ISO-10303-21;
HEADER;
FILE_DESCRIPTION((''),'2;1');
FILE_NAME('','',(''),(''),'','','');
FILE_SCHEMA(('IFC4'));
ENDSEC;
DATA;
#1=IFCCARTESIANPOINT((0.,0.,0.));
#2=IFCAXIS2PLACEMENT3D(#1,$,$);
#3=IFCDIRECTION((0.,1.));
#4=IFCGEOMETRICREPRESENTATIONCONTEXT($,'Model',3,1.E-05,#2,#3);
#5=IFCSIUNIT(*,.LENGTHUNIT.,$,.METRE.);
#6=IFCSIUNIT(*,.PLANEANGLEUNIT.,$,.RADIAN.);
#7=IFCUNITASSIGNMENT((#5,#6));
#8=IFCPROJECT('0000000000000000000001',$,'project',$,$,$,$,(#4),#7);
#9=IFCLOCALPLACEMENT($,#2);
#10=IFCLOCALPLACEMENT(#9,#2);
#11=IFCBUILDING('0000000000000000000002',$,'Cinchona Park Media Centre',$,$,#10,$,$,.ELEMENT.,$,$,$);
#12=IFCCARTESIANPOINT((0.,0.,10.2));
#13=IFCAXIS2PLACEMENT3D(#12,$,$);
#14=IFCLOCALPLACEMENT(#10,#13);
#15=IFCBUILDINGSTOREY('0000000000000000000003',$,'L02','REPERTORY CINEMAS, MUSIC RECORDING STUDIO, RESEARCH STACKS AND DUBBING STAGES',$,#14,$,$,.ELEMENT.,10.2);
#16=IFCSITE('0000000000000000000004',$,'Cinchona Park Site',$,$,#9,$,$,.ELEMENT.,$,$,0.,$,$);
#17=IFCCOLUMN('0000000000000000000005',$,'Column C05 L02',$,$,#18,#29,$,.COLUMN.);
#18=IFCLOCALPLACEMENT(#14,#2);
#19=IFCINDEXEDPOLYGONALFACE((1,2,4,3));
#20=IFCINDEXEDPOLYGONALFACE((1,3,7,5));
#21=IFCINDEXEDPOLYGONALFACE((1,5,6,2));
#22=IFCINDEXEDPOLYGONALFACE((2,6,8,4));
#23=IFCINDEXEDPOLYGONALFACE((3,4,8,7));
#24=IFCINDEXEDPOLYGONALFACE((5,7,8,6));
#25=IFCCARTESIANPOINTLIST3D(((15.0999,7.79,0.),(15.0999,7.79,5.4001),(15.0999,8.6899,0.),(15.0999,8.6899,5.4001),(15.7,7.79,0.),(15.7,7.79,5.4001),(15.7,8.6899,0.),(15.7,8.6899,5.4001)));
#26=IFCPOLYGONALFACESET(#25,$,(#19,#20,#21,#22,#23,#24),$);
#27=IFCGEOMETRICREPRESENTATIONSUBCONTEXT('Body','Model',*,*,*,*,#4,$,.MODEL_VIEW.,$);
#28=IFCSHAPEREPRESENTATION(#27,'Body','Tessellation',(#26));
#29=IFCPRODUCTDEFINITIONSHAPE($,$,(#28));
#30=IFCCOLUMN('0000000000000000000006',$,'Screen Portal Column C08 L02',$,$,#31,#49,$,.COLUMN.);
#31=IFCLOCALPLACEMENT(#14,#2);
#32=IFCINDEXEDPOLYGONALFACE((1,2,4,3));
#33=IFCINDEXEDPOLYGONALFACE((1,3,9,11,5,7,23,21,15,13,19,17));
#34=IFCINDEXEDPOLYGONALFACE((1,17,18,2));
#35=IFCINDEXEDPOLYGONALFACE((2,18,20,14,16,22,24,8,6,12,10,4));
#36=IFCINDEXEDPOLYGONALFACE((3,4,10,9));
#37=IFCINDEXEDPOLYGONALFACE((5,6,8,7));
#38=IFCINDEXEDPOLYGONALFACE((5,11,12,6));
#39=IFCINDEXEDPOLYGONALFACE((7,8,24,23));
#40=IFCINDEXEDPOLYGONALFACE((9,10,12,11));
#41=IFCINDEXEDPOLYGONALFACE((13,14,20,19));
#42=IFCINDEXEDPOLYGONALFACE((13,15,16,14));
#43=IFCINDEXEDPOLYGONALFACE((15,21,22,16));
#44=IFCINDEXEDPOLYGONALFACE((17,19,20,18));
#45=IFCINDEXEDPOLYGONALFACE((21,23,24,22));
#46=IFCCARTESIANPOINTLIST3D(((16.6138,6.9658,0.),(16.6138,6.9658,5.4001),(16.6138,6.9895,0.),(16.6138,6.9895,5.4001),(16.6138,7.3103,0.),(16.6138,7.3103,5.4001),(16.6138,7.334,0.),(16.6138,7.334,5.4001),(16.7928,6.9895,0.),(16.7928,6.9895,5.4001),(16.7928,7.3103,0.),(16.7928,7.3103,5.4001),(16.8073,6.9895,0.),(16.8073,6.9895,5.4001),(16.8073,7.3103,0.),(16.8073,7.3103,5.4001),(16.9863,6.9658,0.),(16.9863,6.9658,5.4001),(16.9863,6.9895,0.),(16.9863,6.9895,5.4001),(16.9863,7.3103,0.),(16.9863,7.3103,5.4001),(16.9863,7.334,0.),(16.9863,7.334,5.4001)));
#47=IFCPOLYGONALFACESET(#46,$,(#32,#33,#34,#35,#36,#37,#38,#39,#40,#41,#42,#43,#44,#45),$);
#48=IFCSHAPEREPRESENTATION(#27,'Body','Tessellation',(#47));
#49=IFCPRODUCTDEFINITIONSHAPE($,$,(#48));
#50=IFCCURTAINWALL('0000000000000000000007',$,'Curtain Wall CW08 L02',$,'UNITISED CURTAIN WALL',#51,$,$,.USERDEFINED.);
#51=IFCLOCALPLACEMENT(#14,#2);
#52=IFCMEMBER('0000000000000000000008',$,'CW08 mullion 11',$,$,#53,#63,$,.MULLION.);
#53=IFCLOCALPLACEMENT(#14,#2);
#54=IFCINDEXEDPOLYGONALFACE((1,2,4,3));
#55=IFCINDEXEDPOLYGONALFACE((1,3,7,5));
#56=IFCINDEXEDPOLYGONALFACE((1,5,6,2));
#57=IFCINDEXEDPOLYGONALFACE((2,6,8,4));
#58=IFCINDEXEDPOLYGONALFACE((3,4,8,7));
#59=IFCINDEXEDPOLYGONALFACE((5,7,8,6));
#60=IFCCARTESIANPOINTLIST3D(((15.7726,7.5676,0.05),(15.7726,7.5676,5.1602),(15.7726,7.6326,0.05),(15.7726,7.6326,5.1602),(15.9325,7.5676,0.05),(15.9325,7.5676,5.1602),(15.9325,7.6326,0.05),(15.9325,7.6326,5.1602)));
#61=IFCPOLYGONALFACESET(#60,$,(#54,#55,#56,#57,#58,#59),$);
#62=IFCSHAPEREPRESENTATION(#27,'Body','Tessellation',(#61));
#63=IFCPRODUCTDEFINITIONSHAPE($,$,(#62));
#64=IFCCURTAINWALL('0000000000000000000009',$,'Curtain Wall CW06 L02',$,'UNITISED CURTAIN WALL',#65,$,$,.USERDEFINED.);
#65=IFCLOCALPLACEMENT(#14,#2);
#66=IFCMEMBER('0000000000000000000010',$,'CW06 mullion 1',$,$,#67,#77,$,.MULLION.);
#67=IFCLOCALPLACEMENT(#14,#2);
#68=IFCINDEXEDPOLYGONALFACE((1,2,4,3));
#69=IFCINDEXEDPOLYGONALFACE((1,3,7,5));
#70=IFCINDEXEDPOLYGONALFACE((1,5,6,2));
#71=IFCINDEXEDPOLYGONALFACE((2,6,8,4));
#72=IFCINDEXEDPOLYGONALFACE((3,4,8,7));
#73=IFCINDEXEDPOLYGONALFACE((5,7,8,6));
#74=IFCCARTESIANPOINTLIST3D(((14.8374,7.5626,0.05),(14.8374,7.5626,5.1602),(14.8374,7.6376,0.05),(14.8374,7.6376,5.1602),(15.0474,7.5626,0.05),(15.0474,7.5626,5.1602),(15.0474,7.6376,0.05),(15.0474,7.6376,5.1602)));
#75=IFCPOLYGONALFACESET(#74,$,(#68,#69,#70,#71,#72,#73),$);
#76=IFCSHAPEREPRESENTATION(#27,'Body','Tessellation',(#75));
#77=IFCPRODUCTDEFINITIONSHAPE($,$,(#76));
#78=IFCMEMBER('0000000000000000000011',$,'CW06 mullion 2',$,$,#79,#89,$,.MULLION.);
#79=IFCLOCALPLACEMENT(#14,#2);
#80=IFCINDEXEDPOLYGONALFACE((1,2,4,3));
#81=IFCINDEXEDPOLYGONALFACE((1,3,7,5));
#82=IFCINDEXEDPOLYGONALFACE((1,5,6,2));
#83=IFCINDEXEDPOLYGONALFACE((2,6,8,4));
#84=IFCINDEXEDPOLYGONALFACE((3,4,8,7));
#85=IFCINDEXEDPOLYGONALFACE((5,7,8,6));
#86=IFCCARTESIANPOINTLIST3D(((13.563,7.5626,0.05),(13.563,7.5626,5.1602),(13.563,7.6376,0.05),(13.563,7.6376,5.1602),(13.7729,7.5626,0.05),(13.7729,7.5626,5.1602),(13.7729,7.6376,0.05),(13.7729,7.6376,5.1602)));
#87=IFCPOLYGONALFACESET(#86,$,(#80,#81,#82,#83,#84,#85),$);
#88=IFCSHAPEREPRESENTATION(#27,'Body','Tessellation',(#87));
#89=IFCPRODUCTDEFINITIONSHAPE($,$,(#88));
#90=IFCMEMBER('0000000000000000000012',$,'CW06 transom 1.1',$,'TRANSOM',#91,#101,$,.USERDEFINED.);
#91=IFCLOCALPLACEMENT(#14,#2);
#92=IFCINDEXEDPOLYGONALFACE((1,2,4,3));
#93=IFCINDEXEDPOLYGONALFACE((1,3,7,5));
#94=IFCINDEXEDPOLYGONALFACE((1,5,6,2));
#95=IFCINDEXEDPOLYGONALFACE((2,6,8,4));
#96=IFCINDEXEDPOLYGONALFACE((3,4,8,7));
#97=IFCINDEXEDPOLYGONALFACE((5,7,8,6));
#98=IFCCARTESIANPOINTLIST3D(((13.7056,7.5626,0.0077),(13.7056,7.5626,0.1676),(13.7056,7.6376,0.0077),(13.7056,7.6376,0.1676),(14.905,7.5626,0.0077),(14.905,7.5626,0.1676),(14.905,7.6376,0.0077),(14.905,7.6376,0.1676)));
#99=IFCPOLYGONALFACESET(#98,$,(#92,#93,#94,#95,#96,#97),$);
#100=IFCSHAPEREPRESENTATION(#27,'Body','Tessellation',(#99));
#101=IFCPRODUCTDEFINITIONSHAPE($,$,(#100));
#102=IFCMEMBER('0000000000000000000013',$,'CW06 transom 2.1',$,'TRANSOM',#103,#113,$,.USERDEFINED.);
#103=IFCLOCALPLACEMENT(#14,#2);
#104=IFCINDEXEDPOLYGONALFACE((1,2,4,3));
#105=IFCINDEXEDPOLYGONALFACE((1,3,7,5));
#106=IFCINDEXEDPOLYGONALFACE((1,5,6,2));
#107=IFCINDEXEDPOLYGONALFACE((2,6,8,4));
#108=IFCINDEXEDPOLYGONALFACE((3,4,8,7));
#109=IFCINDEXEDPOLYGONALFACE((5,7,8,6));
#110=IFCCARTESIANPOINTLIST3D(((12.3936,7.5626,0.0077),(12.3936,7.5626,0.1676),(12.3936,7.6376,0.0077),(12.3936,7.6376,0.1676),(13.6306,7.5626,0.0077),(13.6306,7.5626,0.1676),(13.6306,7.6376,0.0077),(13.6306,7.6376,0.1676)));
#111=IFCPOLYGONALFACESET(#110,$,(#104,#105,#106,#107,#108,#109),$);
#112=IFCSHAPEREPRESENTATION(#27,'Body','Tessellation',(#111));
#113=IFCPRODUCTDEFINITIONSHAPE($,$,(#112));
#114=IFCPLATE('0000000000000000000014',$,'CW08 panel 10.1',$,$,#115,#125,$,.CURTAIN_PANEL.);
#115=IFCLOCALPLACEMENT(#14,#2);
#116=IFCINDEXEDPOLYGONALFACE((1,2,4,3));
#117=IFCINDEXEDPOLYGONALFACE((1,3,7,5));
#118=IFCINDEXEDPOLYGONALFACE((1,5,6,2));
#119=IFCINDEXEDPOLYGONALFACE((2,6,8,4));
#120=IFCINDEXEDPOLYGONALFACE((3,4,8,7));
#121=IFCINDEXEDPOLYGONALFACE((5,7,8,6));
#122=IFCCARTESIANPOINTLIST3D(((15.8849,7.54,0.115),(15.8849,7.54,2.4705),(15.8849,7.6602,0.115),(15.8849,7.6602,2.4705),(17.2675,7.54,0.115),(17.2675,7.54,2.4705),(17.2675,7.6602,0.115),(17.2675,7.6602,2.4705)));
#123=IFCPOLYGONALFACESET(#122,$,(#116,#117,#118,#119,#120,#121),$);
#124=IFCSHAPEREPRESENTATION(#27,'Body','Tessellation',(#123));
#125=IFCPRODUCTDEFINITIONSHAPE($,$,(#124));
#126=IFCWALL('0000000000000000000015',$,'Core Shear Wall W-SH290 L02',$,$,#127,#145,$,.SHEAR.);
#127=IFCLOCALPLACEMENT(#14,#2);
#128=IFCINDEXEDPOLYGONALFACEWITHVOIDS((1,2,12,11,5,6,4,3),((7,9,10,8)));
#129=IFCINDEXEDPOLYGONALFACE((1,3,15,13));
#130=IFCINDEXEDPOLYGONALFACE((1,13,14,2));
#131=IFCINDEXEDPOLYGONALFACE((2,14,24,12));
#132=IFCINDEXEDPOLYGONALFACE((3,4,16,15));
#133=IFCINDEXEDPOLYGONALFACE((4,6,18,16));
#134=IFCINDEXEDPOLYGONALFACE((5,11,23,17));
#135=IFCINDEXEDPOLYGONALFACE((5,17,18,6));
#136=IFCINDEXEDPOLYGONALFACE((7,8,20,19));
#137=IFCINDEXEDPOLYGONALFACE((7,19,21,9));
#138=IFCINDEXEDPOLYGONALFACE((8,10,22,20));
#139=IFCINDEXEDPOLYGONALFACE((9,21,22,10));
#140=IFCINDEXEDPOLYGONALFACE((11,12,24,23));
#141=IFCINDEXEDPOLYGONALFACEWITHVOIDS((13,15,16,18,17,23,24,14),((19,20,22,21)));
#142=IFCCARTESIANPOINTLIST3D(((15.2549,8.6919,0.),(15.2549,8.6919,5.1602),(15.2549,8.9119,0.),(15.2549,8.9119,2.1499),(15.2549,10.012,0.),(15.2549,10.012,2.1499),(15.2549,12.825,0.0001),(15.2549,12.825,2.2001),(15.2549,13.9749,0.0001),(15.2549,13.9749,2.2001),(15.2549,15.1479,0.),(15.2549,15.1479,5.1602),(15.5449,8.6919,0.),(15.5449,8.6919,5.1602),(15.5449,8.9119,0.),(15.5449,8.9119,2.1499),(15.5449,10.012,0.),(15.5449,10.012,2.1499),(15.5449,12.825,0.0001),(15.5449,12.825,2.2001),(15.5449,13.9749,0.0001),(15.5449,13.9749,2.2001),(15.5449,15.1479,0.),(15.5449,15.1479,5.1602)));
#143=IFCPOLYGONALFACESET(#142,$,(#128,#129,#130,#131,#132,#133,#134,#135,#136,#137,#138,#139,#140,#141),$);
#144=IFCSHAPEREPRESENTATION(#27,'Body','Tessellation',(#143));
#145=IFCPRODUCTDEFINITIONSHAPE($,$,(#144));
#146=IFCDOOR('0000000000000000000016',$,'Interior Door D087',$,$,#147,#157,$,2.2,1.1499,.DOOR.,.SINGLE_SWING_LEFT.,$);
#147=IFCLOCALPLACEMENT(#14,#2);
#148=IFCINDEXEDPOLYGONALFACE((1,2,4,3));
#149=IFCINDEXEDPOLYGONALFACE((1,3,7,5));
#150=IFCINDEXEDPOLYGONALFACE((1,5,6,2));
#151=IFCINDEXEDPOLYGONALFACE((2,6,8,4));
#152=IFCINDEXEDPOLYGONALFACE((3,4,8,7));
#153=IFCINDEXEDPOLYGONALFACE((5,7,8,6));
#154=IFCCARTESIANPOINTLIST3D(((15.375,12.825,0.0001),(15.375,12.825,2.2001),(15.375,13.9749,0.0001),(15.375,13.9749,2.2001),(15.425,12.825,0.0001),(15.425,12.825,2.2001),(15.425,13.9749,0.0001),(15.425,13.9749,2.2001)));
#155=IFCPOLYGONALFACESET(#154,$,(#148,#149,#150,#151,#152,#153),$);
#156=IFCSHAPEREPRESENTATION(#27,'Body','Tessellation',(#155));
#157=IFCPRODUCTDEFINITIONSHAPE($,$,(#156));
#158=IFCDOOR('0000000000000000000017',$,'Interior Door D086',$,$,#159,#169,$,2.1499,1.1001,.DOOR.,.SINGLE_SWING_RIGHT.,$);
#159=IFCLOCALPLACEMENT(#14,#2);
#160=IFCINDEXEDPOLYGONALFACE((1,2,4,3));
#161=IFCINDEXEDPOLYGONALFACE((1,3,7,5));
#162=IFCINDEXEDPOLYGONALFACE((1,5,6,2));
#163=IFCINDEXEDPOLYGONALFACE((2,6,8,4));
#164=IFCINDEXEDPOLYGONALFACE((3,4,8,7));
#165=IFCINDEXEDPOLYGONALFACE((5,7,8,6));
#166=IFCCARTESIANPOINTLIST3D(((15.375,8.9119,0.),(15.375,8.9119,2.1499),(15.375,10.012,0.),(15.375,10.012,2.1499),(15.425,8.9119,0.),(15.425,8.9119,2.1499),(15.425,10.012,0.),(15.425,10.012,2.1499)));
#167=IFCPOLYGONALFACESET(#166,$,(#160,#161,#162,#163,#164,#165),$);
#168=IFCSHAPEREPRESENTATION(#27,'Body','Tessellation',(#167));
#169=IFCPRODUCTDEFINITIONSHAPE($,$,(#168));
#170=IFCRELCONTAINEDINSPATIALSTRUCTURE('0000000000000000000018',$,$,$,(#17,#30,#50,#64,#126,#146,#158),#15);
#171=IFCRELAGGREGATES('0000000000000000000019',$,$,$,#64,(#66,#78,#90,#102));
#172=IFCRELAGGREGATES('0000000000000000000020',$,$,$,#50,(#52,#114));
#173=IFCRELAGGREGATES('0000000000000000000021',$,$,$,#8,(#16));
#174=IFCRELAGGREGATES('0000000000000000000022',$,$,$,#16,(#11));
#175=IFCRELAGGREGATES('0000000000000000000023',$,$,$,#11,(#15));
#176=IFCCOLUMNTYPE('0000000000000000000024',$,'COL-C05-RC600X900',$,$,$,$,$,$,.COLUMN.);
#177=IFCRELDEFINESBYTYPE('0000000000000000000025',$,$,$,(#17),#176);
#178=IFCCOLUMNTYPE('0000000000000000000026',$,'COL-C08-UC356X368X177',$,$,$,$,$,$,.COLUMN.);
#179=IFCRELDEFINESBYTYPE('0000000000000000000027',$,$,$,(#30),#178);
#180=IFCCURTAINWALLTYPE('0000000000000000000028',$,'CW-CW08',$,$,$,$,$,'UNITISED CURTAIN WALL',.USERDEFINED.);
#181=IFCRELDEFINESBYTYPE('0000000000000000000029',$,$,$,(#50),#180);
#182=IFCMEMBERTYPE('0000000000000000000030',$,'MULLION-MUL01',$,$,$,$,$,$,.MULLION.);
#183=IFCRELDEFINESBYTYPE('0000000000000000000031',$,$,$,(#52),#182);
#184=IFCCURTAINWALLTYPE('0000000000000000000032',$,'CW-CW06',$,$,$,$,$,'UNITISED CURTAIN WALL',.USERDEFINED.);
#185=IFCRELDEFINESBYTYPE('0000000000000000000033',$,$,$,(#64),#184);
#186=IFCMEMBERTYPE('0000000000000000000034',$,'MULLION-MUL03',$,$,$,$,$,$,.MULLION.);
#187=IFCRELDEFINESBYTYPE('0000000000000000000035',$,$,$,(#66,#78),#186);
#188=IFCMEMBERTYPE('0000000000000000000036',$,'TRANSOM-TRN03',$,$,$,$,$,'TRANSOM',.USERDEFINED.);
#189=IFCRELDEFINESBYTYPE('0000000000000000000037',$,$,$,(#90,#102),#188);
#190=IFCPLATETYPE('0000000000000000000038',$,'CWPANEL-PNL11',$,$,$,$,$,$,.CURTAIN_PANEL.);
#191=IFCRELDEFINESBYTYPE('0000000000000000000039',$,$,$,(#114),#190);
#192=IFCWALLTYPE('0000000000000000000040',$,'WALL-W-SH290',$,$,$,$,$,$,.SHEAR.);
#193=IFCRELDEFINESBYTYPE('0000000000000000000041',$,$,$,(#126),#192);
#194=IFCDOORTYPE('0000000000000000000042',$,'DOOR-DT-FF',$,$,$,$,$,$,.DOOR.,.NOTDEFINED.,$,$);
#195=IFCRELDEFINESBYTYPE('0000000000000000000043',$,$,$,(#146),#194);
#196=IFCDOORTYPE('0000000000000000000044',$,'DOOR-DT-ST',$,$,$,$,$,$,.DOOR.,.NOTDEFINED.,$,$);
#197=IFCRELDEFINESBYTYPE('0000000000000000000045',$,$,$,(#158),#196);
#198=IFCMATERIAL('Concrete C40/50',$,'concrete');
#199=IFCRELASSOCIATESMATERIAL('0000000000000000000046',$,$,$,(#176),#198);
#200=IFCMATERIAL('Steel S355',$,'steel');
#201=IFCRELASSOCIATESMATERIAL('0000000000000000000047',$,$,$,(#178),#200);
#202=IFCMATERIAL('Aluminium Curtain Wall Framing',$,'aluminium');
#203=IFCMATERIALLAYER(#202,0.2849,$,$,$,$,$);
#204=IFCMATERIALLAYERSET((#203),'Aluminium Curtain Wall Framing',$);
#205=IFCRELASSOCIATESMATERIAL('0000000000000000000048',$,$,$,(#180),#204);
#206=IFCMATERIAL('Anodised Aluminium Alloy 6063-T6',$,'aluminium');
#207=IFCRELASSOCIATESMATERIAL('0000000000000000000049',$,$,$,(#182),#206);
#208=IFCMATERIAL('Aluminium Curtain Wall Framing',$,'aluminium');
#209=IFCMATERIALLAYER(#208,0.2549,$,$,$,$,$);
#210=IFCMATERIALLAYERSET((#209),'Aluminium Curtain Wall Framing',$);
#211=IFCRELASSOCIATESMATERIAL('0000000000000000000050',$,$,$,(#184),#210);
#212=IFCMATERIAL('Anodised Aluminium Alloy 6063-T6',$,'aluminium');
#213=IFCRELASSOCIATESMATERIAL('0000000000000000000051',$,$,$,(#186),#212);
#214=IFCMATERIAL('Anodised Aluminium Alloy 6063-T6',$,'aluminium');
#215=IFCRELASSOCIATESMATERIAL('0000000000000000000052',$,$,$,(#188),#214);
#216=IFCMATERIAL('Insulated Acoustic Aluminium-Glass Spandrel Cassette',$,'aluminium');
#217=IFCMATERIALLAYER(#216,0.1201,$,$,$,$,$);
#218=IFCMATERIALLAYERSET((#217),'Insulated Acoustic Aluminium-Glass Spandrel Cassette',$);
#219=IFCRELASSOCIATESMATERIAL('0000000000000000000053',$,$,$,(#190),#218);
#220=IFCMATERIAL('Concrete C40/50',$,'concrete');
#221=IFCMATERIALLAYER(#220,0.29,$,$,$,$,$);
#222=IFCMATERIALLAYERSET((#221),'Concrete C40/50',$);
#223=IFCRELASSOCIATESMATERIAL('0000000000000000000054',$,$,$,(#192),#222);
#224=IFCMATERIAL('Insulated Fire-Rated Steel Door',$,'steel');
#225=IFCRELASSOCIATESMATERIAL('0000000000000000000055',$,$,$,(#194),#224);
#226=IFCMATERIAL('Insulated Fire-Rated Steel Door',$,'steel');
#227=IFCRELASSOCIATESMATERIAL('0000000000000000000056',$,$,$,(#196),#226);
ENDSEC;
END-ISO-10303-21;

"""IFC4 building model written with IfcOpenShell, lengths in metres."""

from ifc_helpers import new_model, si_unit, direction, frame, frame_2d, origin, origin_2d, place, context, subcontext, project, spatial, rectangle, i_section, extrude, material, layer, layer_set, material_profile, profile_set, type_object, element, fill, aggregate, save


model = new_model("IFC4")

# Units and contexts
model_context = context("Model", 3, precision=1e-05, world=origin(), true_north=direction((0.0, 1.0)))
body_context = subcontext(model_context, "Body", "Model", "MODEL_VIEW")
ifc_project = project(units=[si_unit("LENGTHUNIT", "METRE"), si_unit("PLANEANGLEUNIT", "RADIAN")], contexts=[model_context])

# Site, building, storey
site_placement = place(None, origin())
site = spatial("IfcSite", under=ifc_project, at=site_placement, Name="Cinchona Park Site", CompositionType="ELEMENT", RefElevation=0.0)
building_placement = place(site_placement, origin())
building = spatial("IfcBuilding", under=site, at=building_placement, Name="Cinchona Park Media Centre", CompositionType="ELEMENT")
storey_placement = place(building_placement, frame((0.0, 0.0, 10.2)))
storey = spatial("IfcBuildingStorey", under=building, at=storey_placement, Name="L02", Description="REPERTORY CINEMAS, MUSIC RECORDING STUDIO, RESEARCH STACKS AND DUBBING STAGES", CompositionType="ELEMENT", Elevation=10.2)

# Columns
ifc_material_1 = material(Name="Concrete C40/50", Category="concrete")
ifc_material_profile_1 = material_profile(ifc_material_1, rectangle(XDim=0.6001, YDim=0.8999, at=origin_2d()), Name="RC 600X900")
ifc_profile_set_1 = profile_set([ifc_material_profile_1], Name="Concrete C40/50")
column_type_1 = type_object("IfcColumnType", Name="COL-C05-RC600X900", PredefinedType="COLUMN", material=ifc_profile_set_1)
column_1_placement = place(storey_placement, frame((15.3999, 8.24, 0.0), z_axis=(0.0, 0.0, 1.0), x_axis=(1.0, 0.0, 0.0)))
element("IfcColumn", 1, at=column_1_placement, inside=storey, type_object=column_type_1, Name="Column C05 L02", PredefinedType="COLUMN", context=body_context, shape_type="SweptSolid", body=[
    extrude(rectangle(XDim=0.6001, YDim=0.8999, at=origin_2d()), origin(), (0.0, 0.0, 1.0), 5.4001),
])
ifc_material_2 = material(Name="Steel S355", Category="steel")
ifc_material_profile_2 = material_profile(ifc_material_2, i_section(OverallWidth=0.3726, OverallDepth=0.3682, WebThickness=0.0144, FlangeThickness=0.0237, at=origin_2d()), Name="UC356X368X177")
ifc_profile_set_2 = profile_set([ifc_material_profile_2], Name="Steel S355")
column_type_2 = type_object("IfcColumnType", Name="COL-C08-UC356X368X177", PredefinedType="COLUMN", material=ifc_profile_set_2)
column_2_placement = place(storey_placement, frame((16.8, 7.1499, 0.0), z_axis=(0.0, 0.0, 1.0), x_axis=(1.0, 0.0, 0.0)))
element("IfcColumn", 2, at=column_2_placement, inside=storey, type_object=column_type_2, Name="Screen Portal Column C08 L02", PredefinedType="COLUMN", context=body_context, shape_type="SweptSolid", body=[
    extrude(i_section(OverallWidth=0.3726, OverallDepth=0.3682, WebThickness=0.0144, FlangeThickness=0.0237, at=origin_2d()), origin(), (0.0, 0.0, 1.0), 5.4001),
])

# Curtain wall, member
ifc_material_3 = material(Name="Aluminium Curtain Wall Framing", Category="aluminium")
ifc_layer_1 = layer(ifc_material_3, 0.2849)
ifc_layer_set_1 = layer_set([ifc_layer_1], Name="Aluminium Curtain Wall Framing")
curtain_wall_type_1 = type_object("IfcCurtainWallType", Name="CW-CW08", ElementType="UNITISED CURTAIN WALL", PredefinedType="USERDEFINED", material=ifc_layer_set_1)
curtain_wall_1_placement = place(storey_placement, origin())
curtain_wall_1 = element("IfcCurtainWall", 3, at=curtain_wall_1_placement, inside=storey, type_object=curtain_wall_type_1, Name="Curtain Wall CW08 L02", ObjectType="UNITISED CURTAIN WALL", PredefinedType="USERDEFINED")
ifc_material_4 = material(Name="Anodised Aluminium Alloy 6063-T6", Category="aluminium")
ifc_material_profile_3 = material_profile(ifc_material_4, rectangle(XDim=0.0649, YDim=0.1599, at=origin_2d()), Name="MUL-65X160")
ifc_profile_set_3 = profile_set([ifc_material_profile_3], Name="Anodised Aluminium Alloy 6063-T6")
member_type_1 = type_object("IfcMemberType", Name="MULLION-MUL01", PredefinedType="MULLION", material=ifc_profile_set_3)
member_1_placement = place(storey_placement, frame((15.8525, 7.6001, 0.05), z_axis=(0.0, 0.0, 1.0), x_axis=(0.0, -1.0, 0.0)))
member_1 = element("IfcMember", 4, at=member_1_placement, type_object=member_type_1, Name="CW08 mullion 11", PredefinedType="MULLION", context=body_context, shape_type="SweptSolid", body=[
    extrude(rectangle(XDim=0.0649, YDim=0.1599, at=origin_2d()), origin(), (0.0, 0.0, 1.0), 5.1101),
])

# Curtain wall, members
ifc_material_5 = material(Name="Aluminium Curtain Wall Framing", Category="aluminium")
ifc_layer_2 = layer(ifc_material_5, 0.2549)
ifc_layer_set_2 = layer_set([ifc_layer_2], Name="Aluminium Curtain Wall Framing")
curtain_wall_type_2 = type_object("IfcCurtainWallType", Name="CW-CW06", ElementType="UNITISED CURTAIN WALL", PredefinedType="USERDEFINED", material=ifc_layer_set_2)
curtain_wall_2_placement = place(storey_placement, origin())
curtain_wall_2 = element("IfcCurtainWall", 5, at=curtain_wall_2_placement, inside=storey, type_object=curtain_wall_type_2, Name="Curtain Wall CW06 L02", ObjectType="UNITISED CURTAIN WALL", PredefinedType="USERDEFINED")
ifc_material_6 = material(Name="Anodised Aluminium Alloy 6063-T6", Category="aluminium")
ifc_material_profile_4 = material_profile(ifc_material_6, rectangle(XDim=0.075, YDim=0.21, at=origin_2d()), Name="MUL-75X210")
ifc_profile_set_4 = profile_set([ifc_material_profile_4], Name="Anodised Aluminium Alloy 6063-T6")
member_type_2 = type_object("IfcMemberType", Name="MULLION-MUL03", PredefinedType="MULLION", material=ifc_profile_set_4)
member_2_placement = place(storey_placement, frame((14.9424, 7.6001, 0.05), z_axis=(0.0, 0.0, 1.0), x_axis=(0.0, -1.0, 0.0)))
member_2 = element("IfcMember", 6, at=member_2_placement, type_object=member_type_2, Name="CW06 mullion 1", PredefinedType="MULLION", context=body_context, shape_type="SweptSolid", body=[
    extrude(rectangle(XDim=0.075, YDim=0.21, at=origin_2d()), origin(), (0.0, 0.0, 1.0), 5.1101),
])
member_3_placement = place(storey_placement, frame((13.668, 7.6001, 0.05), z_axis=(0.0, 0.0, 1.0), x_axis=(0.0, -1.0, 0.0)))
member_3 = element("IfcMember", 7, at=member_3_placement, type_object=member_type_2, Name="CW06 mullion 2", PredefinedType="MULLION", context=body_context, shape_type="SweptSolid", body=[
    extrude(rectangle(XDim=0.075, YDim=0.21, at=origin_2d()), origin(), (0.0, 0.0, 1.0), 5.1101),
])
ifc_material_7 = material(Name="Anodised Aluminium Alloy 6063-T6", Category="aluminium")
ifc_material_profile_5 = material_profile(ifc_material_7, rectangle(XDim=0.075, YDim=0.1599, at=origin_2d()), Name="TRN-75X160")
ifc_profile_set_5 = profile_set([ifc_material_profile_5], Name="Anodised Aluminium Alloy 6063-T6")
member_type_3 = type_object("IfcMemberType", Name="TRANSOM-TRN03", ElementType="TRANSOM", PredefinedType="USERDEFINED", material=ifc_profile_set_5)
member_4_placement = place(storey_placement, frame((14.905, 7.6001, 0.0876), z_axis=(-1.0, 0.0, 0.0), x_axis=(0.0, -1.0, 0.0)))
member_4 = element("IfcMember", 8, at=member_4_placement, type_object=member_type_3, Name="CW06 transom 1.1", ObjectType="TRANSOM", PredefinedType="USERDEFINED", context=body_context, shape_type="SweptSolid", body=[
    extrude(rectangle(XDim=0.075, YDim=0.1599, at=origin_2d()), origin(), (0.0, 0.0, 1.0), 1.1995),
])
member_5_placement = place(storey_placement, frame((13.6306, 7.6001, 0.0876), z_axis=(-1.0, 0.0, 0.0), x_axis=(0.0, -1.0, 0.0)))
member_5 = element("IfcMember", 9, at=member_5_placement, type_object=member_type_3, Name="CW06 transom 2.1", ObjectType="TRANSOM", PredefinedType="USERDEFINED", context=body_context, shape_type="SweptSolid", body=[
    extrude(rectangle(XDim=0.075, YDim=0.1599, at=origin_2d()), origin(), (0.0, 0.0, 1.0), 1.2371),
])
aggregate(curtain_wall_2, [member_2, member_3, member_4, member_5])

# Plate
ifc_material_8 = material(Name="Insulated Acoustic Aluminium-Glass Spandrel Cassette", Category="aluminium")
ifc_layer_3 = layer(ifc_material_8, 0.1201)
ifc_layer_set_3 = layer_set([ifc_layer_3], Name="Insulated Acoustic Aluminium-Glass Spandrel Cassette")
plate_type = type_object("IfcPlateType", Name="CWPANEL-PNL11", PredefinedType="CURTAIN_PANEL", material=ifc_layer_set_3)
plate_placement = place(storey_placement, frame((16.5762, 7.6001, 0.115), z_axis=(0.0, 0.0, 1.0), x_axis=(-1.0, 0.0, 0.0)))
plate = element("IfcPlate", 10, at=plate_placement, type_object=plate_type, Name="CW08 panel 10.1", PredefinedType="CURTAIN_PANEL", context=body_context, shape_type="SweptSolid", body=[
    extrude(rectangle(XDim=1.3826, YDim=0.1201, at=origin_2d()), origin(), (0.0, 0.0, 1.0), 2.3555),
])
aggregate(curtain_wall_1, [member_1, plate])

# Wall, openings, doors
ifc_material_9 = material(Name="Concrete C40/50", Category="concrete")
ifc_layer_4 = layer(ifc_material_9, 0.29)
ifc_layer_set_4 = layer_set([ifc_layer_4], Name="Concrete C40/50")
wall_type = type_object("IfcWallType", Name="WALL-W-SH290", PredefinedType="SHEAR", material=ifc_layer_set_4)
wall_placement = place(storey_placement, frame((15.3999, 8.6919, 0.0), z_axis=(0.0, 0.0, 1.0), x_axis=(0.0, 1.0, 0.0)))
wall = element("IfcWall", 11, at=wall_placement, inside=storey, type_object=wall_type, Name="Core Shear Wall W-SH290 L02", PredefinedType="SHEAR", context=body_context, shape_type="SweptSolid", body=[
    extrude(rectangle(XDim=6.4561, YDim=0.29, at=frame_2d((3.228, 0.0))), origin(), (0.0, 0.0, 1.0), 5.1602),
])
opening_1_placement = place(wall_placement, frame((0.22, 0.0, 0.0)))
opening_1 = element("IfcOpeningElement", 12, at=opening_1_placement, cuts=wall, PredefinedType="OPENING", context=body_context, shape_type="SweptSolid", body=[
    extrude(rectangle(XDim=1.1001, YDim=2.1499, at=frame_2d((0.55, 1.075))), frame((0.0, 0.155, 0.0), z_axis=(0.0, -1.0, 0.0), x_axis=(1.0, 0.0, 0.0)), (0.0, 0.0, 1.0), 0.3101),
])
opening_2_placement = place(wall_placement, frame((4.1331, 0.0, 0.0)))
opening_2 = element("IfcOpeningElement", 13, at=opening_2_placement, cuts=wall, PredefinedType="OPENING", context=body_context, shape_type="SweptSolid", body=[
    extrude(rectangle(XDim=1.1499, YDim=2.2, at=frame_2d((0.575, 1.1001))), frame((0.0, 0.155, 0.0), z_axis=(0.0, -1.0, 0.0), x_axis=(1.0, 0.0, 0.0)), (0.0, 0.0, 1.0), 0.3101),
])
ifc_material_10 = material(Name="Insulated Fire-Rated Steel Door", Category="steel")
door_type_1 = type_object("IfcDoorType", Name="DOOR-DT-FF", OperationType="NOTDEFINED", PredefinedType="DOOR", material=ifc_material_10)
door_1_placement = place(opening_2_placement, origin())
door_1 = element("IfcDoor", 14, at=door_1_placement, inside=storey, type_object=door_type_1, Name="Interior Door D087", OperationType="SINGLE_SWING_LEFT", OverallHeight=2.2, OverallWidth=1.1499, PredefinedType="DOOR", context=body_context, shape_type="SweptSolid", body=[
    extrude(rectangle(XDim=1.1499, YDim=2.2, at=frame_2d((0.575, 1.1001))), frame((0.0, 0.0249, 0.0), z_axis=(0.0, -1.0, 0.0), x_axis=(1.0, 0.0, 0.0)), (0.0, 0.0, 1.0), 0.05),
])
fill(opening_2, door_1)
ifc_material_11 = material(Name="Insulated Fire-Rated Steel Door", Category="steel")
door_type_2 = type_object("IfcDoorType", Name="DOOR-DT-ST", OperationType="NOTDEFINED", PredefinedType="DOOR", material=ifc_material_11)
door_2_placement = place(opening_1_placement, origin())
door_2 = element("IfcDoor", 15, at=door_2_placement, inside=storey, type_object=door_type_2, Name="Interior Door D086", OperationType="SINGLE_SWING_RIGHT", OverallHeight=2.1499, OverallWidth=1.1001, PredefinedType="DOOR", context=body_context, shape_type="SweptSolid", body=[
    extrude(rectangle(XDim=1.1001, YDim=2.1499, at=frame_2d((0.55, 1.075))), frame((0.0, 0.0249, 0.0), z_axis=(0.0, -1.0, 0.0), x_axis=(1.0, 0.0, 0.0)), (0.0, 0.0, 1.0), 0.05),
])
fill(opening_1, door_2)

save(model, "model.ifc")
